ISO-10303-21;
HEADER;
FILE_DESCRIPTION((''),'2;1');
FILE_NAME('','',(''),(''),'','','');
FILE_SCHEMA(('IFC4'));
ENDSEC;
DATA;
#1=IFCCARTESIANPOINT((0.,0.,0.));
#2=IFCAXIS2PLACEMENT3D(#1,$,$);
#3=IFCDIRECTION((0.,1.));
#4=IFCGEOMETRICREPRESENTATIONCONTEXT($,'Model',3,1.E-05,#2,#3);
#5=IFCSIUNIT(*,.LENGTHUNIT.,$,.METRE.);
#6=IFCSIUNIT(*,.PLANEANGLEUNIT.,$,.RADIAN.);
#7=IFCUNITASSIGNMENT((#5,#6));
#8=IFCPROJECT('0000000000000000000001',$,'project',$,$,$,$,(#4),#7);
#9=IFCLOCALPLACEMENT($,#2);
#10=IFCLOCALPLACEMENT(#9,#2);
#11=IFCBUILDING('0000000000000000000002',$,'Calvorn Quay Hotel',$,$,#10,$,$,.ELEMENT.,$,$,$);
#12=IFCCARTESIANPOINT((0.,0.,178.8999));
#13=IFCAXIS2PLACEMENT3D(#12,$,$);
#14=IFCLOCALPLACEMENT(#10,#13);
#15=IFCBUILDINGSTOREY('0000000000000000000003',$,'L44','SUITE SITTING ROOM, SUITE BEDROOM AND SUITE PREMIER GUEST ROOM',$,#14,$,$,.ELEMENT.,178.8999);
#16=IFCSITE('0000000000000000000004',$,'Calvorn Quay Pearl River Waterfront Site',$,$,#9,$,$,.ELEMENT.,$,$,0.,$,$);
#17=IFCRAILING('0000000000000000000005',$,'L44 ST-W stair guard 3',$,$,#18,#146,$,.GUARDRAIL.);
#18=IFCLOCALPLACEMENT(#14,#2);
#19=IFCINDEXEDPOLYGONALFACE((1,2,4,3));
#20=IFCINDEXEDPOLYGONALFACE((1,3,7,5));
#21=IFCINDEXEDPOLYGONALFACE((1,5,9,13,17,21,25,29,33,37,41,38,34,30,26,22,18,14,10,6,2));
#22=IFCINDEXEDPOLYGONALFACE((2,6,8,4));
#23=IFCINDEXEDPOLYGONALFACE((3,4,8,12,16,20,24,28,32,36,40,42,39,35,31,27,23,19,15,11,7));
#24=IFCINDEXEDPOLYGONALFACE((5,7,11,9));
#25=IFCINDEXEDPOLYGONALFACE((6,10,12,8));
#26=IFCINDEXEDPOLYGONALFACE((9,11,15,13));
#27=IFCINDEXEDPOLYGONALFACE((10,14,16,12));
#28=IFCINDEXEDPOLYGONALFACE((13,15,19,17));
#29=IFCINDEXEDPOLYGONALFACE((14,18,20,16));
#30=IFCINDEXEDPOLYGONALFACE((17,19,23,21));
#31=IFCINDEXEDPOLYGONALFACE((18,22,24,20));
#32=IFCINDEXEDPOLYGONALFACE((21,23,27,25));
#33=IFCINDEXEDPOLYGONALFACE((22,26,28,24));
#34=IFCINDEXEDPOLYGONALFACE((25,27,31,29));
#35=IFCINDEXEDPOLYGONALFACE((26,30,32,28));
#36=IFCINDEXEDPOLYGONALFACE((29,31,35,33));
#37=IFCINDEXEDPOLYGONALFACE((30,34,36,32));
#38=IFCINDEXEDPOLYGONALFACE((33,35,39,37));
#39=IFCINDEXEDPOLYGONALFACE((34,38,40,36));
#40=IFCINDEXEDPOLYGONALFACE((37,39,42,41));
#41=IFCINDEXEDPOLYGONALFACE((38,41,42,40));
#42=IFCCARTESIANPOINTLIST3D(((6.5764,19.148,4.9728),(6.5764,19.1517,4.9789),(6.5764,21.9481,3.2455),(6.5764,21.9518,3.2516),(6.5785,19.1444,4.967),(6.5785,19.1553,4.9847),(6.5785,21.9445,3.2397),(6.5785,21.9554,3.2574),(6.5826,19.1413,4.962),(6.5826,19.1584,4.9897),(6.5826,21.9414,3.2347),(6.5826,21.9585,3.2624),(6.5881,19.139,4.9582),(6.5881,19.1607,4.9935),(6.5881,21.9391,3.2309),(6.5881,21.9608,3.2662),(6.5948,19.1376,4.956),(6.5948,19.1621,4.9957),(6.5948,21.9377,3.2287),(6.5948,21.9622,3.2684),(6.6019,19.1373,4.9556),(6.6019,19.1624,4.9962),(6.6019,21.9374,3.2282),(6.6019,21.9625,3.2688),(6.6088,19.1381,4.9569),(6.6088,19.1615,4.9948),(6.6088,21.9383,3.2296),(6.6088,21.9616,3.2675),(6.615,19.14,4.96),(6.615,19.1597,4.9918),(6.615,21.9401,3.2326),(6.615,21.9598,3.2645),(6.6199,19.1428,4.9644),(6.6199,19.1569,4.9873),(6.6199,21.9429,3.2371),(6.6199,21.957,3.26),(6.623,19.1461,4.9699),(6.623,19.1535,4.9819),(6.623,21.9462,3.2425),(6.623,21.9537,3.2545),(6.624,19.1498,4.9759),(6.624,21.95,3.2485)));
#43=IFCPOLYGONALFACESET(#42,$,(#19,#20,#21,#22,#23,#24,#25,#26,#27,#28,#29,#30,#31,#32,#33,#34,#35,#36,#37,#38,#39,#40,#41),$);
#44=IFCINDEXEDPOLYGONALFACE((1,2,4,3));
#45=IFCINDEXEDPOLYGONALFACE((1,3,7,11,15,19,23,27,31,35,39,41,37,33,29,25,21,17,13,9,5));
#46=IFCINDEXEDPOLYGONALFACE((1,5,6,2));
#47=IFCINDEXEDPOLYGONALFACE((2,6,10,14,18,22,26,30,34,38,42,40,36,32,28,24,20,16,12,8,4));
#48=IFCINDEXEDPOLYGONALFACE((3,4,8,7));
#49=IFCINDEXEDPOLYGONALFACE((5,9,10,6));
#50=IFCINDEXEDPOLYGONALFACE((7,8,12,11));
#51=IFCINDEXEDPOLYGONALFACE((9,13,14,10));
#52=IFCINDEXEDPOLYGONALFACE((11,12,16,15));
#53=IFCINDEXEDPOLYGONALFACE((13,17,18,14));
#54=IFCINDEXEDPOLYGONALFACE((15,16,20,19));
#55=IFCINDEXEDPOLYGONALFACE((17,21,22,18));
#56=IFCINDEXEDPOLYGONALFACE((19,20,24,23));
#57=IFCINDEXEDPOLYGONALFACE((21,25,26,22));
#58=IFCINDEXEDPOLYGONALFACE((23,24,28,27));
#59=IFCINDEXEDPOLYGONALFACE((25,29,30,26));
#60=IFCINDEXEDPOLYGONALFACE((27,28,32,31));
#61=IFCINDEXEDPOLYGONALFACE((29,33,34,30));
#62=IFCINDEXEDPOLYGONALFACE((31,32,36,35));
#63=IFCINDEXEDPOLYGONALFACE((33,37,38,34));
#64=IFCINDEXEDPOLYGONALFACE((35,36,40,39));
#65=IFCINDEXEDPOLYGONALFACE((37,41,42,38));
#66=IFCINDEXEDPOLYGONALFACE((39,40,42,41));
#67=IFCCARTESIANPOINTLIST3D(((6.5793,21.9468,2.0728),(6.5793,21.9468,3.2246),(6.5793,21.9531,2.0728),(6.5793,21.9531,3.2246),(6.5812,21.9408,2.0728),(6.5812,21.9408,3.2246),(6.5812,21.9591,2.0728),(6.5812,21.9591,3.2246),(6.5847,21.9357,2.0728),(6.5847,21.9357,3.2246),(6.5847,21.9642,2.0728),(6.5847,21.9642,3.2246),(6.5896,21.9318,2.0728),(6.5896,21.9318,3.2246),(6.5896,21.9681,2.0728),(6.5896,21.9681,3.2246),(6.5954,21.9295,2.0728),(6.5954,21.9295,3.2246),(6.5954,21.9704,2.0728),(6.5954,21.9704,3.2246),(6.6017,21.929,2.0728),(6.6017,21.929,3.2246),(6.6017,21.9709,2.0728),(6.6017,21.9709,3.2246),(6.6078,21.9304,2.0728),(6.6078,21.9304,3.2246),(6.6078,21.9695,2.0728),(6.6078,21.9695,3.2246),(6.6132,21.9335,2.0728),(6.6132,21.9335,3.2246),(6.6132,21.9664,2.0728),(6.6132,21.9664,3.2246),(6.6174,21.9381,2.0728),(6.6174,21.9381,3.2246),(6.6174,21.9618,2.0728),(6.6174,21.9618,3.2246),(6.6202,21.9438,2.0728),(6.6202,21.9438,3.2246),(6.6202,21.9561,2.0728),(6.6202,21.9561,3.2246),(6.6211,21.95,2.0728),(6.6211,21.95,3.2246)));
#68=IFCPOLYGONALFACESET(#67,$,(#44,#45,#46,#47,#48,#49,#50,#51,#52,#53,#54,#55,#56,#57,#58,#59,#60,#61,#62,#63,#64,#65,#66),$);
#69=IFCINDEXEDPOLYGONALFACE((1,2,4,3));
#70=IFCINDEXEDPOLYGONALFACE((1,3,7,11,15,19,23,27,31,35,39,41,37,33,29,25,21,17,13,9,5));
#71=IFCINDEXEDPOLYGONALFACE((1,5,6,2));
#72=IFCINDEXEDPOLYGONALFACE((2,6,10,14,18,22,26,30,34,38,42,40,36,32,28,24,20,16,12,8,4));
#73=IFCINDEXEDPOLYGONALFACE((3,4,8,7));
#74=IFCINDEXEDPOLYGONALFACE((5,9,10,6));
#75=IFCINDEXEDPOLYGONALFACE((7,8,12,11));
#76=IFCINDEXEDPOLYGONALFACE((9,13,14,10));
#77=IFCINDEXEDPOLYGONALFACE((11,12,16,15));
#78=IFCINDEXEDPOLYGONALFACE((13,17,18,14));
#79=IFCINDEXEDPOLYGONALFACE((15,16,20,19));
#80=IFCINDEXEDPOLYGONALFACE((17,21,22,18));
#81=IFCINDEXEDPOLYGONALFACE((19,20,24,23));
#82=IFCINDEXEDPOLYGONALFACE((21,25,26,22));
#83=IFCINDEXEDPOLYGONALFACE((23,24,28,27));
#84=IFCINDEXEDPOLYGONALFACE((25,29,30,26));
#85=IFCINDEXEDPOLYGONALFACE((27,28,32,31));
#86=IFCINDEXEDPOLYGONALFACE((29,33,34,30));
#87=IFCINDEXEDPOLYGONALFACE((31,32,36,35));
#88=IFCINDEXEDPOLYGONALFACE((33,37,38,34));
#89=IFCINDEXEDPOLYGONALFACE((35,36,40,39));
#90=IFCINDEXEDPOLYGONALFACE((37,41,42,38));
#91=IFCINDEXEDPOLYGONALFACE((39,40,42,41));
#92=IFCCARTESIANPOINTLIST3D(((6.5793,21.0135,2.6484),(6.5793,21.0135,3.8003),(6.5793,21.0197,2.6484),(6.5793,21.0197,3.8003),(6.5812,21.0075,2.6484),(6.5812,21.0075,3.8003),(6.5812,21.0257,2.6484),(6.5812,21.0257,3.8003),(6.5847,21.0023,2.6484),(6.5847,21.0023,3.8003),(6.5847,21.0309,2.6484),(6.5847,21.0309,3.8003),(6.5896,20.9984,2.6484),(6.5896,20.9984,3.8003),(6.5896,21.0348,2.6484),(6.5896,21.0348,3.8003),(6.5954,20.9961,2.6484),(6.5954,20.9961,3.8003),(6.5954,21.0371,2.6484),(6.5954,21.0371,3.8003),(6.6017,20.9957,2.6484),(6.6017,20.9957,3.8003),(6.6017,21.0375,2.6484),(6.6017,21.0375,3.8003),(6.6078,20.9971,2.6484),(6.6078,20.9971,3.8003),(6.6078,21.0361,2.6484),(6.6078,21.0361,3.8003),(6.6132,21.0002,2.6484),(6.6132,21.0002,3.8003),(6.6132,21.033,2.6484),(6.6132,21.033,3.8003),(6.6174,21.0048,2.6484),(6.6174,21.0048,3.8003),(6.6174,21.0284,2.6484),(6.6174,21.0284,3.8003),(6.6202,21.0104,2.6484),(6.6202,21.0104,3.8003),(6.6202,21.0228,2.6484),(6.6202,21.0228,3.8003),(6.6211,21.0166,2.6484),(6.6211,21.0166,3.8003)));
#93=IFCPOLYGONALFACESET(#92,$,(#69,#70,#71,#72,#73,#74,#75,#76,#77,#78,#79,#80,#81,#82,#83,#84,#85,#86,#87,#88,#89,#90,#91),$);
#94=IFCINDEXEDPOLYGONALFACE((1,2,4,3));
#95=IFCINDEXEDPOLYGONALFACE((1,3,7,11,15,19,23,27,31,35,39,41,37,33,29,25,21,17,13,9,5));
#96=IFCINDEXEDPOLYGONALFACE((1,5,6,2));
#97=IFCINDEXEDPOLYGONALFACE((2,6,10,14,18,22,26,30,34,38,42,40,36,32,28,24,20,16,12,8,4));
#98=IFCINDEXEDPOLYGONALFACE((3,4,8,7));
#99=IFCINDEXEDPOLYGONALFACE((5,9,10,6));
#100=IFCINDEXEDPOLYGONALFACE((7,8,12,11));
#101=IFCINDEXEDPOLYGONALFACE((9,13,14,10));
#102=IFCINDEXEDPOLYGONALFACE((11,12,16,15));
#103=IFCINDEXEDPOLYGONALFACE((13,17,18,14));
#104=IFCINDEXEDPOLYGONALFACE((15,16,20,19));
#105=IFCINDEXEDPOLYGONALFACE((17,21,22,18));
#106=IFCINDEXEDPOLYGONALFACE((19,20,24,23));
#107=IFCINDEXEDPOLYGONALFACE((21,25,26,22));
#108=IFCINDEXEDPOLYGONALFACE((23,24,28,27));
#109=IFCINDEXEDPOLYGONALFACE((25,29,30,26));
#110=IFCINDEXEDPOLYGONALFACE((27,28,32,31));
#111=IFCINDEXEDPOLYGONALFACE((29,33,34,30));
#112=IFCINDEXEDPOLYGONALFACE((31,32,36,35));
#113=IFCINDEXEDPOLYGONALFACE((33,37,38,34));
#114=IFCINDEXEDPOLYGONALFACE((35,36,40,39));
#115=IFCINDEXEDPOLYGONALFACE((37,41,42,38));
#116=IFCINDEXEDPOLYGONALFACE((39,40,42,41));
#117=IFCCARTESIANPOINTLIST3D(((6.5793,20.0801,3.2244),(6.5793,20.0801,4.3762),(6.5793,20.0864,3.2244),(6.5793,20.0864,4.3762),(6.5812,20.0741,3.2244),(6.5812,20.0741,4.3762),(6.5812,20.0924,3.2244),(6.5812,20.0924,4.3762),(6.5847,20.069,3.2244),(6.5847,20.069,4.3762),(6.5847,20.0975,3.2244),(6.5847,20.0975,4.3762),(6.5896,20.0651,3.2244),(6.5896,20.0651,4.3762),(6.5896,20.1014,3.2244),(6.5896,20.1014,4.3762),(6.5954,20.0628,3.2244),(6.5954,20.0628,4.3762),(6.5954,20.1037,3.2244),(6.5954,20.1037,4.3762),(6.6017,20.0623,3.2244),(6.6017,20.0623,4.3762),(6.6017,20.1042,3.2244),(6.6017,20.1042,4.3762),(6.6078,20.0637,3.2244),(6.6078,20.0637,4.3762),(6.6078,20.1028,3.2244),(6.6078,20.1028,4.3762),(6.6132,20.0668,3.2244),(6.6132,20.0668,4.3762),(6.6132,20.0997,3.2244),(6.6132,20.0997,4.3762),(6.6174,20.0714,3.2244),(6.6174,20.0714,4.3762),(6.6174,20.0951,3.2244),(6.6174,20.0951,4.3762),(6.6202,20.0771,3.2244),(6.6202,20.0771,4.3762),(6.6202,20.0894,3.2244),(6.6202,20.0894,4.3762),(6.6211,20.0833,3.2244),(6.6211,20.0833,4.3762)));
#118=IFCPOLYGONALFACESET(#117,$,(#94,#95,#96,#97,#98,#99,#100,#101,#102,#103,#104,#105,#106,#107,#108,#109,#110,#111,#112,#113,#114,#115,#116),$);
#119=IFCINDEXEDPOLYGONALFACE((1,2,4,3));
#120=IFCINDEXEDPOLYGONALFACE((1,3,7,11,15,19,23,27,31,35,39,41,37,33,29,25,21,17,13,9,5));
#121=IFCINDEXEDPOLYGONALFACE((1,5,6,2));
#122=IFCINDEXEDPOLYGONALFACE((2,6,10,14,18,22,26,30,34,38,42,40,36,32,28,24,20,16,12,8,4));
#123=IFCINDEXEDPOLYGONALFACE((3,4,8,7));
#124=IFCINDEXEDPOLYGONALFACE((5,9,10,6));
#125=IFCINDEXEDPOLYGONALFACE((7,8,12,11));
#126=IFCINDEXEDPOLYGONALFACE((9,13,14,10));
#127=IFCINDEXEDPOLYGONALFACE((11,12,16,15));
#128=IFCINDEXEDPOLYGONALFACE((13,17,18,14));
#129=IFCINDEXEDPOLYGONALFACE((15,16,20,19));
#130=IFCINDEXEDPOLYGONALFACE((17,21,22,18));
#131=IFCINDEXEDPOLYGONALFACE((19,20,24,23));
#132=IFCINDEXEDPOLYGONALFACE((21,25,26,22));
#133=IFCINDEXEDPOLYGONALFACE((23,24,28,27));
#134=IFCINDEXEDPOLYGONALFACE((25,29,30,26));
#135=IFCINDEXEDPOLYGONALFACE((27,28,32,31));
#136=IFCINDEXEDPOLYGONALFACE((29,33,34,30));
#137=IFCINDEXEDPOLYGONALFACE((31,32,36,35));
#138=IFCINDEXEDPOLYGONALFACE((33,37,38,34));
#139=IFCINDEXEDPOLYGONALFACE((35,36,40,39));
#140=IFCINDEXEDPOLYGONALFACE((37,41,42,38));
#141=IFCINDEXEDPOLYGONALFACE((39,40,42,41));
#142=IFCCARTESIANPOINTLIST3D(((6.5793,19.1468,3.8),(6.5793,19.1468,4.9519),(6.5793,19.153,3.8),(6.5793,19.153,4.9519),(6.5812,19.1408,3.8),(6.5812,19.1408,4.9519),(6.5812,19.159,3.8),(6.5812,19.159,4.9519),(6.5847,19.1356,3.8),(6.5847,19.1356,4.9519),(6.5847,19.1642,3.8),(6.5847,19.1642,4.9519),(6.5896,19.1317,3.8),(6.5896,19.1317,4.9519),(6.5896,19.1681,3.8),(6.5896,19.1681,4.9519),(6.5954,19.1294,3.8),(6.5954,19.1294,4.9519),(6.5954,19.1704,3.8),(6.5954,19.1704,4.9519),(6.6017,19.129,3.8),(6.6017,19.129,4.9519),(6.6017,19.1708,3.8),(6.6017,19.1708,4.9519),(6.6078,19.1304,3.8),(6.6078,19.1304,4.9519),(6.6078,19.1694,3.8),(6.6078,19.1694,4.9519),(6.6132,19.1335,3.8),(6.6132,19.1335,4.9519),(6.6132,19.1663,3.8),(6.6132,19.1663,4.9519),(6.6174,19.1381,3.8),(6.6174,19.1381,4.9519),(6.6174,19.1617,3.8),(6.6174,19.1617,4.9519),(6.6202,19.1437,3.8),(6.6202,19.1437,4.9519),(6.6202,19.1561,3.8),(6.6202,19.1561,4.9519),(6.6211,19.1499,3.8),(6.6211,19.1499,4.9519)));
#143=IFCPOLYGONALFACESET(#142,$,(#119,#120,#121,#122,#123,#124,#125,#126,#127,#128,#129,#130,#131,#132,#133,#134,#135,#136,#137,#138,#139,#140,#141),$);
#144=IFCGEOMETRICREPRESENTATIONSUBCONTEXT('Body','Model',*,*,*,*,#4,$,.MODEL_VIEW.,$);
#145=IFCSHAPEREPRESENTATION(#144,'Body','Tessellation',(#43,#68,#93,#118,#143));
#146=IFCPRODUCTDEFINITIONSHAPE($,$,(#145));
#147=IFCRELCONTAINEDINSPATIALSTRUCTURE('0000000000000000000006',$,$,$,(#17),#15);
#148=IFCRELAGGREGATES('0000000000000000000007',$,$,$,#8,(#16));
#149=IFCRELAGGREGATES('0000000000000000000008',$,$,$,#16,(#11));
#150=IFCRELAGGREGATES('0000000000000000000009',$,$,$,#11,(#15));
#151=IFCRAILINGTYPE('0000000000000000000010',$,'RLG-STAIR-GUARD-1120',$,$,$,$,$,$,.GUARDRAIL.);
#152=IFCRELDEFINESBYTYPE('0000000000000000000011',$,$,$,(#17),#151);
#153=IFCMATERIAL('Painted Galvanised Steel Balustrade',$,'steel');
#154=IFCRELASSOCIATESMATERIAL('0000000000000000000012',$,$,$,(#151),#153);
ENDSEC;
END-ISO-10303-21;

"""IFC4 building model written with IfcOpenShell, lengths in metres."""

from ifc_helpers import new_model, si_unit, direction, frame, origin, origin_2d, place, context, subcontext, project, spatial, circle, extrude, material, type_object, element, save


model = new_model("IFC4")

# Units and contexts
model_context = context("Model", 3, precision=1e-05, world=origin(), true_north=direction((0.0, 1.0)))
body_context = subcontext(model_context, "Body", "Model", "MODEL_VIEW")
ifc_project = project(units=[si_unit("LENGTHUNIT", "METRE"), si_unit("PLANEANGLEUNIT", "RADIAN")], contexts=[model_context])

# Site, building, storey
site_placement = place(None, origin())
site = spatial("IfcSite", under=ifc_project, at=site_placement, Name="Calvorn Quay Pearl River Waterfront Site", CompositionType="ELEMENT", RefElevation=0.0)
building_placement = place(site_placement, origin())
building = spatial("IfcBuilding", under=site, at=building_placement, Name="Calvorn Quay Hotel", CompositionType="ELEMENT")
storey_placement = place(building_placement, frame((0.0, 0.0, 178.8999)))
storey = spatial("IfcBuildingStorey", under=building, at=storey_placement, Name="L44", Description="SUITE SITTING ROOM, SUITE BEDROOM AND SUITE PREMIER GUEST ROOM", CompositionType="ELEMENT", Elevation=178.8999)

# Railing
ifc_material_1 = material(Name="Painted Galvanised Steel Balustrade", Category="steel")
railing_type_1 = type_object("IfcRailingType", Name="RLG-STAIR-GUARD-1120", PredefinedType="GUARDRAIL", material=ifc_material_1)
railing_1_placement = place(storey_placement, frame((6.6001, 21.95, 2.0728)))
element("IfcRailing", 1, at=railing_1_placement, inside=storey, type_object=railing_type_1, Name="L44 ST-W stair guard 3", PredefinedType="GUARDRAIL", context=body_context, shape_type="SweptSolid", body=[
    extrude(circle(Radius=0.0239, at=origin_2d()), frame((0.0, 0.0, 1.1758), z_axis=(0.0, -0.85109, 0.52502), x_axis=(1.0, 0.0, 0.0)), (0.0, 0.0, 1.0), 3.29),
    extrude(circle(Radius=0.021, at=origin_2d()), origin(), (0.0, 0.0, 1.0), 1.1519),
    extrude(circle(Radius=0.021, at=origin_2d()), frame((0.0, -0.9333, 0.5757)), (0.0, 0.0, 1.0), 1.1519),
    extrude(circle(Radius=0.021, at=origin_2d()), frame((0.0, -1.8667, 1.1516)), (0.0, 0.0, 1.0), 1.1519),
    extrude(circle(Radius=0.021, at=origin_2d()), frame((0.0, -2.8, 1.7273)), (0.0, 0.0, 1.0), 1.1519),
])

save(model, "model.ifc")
